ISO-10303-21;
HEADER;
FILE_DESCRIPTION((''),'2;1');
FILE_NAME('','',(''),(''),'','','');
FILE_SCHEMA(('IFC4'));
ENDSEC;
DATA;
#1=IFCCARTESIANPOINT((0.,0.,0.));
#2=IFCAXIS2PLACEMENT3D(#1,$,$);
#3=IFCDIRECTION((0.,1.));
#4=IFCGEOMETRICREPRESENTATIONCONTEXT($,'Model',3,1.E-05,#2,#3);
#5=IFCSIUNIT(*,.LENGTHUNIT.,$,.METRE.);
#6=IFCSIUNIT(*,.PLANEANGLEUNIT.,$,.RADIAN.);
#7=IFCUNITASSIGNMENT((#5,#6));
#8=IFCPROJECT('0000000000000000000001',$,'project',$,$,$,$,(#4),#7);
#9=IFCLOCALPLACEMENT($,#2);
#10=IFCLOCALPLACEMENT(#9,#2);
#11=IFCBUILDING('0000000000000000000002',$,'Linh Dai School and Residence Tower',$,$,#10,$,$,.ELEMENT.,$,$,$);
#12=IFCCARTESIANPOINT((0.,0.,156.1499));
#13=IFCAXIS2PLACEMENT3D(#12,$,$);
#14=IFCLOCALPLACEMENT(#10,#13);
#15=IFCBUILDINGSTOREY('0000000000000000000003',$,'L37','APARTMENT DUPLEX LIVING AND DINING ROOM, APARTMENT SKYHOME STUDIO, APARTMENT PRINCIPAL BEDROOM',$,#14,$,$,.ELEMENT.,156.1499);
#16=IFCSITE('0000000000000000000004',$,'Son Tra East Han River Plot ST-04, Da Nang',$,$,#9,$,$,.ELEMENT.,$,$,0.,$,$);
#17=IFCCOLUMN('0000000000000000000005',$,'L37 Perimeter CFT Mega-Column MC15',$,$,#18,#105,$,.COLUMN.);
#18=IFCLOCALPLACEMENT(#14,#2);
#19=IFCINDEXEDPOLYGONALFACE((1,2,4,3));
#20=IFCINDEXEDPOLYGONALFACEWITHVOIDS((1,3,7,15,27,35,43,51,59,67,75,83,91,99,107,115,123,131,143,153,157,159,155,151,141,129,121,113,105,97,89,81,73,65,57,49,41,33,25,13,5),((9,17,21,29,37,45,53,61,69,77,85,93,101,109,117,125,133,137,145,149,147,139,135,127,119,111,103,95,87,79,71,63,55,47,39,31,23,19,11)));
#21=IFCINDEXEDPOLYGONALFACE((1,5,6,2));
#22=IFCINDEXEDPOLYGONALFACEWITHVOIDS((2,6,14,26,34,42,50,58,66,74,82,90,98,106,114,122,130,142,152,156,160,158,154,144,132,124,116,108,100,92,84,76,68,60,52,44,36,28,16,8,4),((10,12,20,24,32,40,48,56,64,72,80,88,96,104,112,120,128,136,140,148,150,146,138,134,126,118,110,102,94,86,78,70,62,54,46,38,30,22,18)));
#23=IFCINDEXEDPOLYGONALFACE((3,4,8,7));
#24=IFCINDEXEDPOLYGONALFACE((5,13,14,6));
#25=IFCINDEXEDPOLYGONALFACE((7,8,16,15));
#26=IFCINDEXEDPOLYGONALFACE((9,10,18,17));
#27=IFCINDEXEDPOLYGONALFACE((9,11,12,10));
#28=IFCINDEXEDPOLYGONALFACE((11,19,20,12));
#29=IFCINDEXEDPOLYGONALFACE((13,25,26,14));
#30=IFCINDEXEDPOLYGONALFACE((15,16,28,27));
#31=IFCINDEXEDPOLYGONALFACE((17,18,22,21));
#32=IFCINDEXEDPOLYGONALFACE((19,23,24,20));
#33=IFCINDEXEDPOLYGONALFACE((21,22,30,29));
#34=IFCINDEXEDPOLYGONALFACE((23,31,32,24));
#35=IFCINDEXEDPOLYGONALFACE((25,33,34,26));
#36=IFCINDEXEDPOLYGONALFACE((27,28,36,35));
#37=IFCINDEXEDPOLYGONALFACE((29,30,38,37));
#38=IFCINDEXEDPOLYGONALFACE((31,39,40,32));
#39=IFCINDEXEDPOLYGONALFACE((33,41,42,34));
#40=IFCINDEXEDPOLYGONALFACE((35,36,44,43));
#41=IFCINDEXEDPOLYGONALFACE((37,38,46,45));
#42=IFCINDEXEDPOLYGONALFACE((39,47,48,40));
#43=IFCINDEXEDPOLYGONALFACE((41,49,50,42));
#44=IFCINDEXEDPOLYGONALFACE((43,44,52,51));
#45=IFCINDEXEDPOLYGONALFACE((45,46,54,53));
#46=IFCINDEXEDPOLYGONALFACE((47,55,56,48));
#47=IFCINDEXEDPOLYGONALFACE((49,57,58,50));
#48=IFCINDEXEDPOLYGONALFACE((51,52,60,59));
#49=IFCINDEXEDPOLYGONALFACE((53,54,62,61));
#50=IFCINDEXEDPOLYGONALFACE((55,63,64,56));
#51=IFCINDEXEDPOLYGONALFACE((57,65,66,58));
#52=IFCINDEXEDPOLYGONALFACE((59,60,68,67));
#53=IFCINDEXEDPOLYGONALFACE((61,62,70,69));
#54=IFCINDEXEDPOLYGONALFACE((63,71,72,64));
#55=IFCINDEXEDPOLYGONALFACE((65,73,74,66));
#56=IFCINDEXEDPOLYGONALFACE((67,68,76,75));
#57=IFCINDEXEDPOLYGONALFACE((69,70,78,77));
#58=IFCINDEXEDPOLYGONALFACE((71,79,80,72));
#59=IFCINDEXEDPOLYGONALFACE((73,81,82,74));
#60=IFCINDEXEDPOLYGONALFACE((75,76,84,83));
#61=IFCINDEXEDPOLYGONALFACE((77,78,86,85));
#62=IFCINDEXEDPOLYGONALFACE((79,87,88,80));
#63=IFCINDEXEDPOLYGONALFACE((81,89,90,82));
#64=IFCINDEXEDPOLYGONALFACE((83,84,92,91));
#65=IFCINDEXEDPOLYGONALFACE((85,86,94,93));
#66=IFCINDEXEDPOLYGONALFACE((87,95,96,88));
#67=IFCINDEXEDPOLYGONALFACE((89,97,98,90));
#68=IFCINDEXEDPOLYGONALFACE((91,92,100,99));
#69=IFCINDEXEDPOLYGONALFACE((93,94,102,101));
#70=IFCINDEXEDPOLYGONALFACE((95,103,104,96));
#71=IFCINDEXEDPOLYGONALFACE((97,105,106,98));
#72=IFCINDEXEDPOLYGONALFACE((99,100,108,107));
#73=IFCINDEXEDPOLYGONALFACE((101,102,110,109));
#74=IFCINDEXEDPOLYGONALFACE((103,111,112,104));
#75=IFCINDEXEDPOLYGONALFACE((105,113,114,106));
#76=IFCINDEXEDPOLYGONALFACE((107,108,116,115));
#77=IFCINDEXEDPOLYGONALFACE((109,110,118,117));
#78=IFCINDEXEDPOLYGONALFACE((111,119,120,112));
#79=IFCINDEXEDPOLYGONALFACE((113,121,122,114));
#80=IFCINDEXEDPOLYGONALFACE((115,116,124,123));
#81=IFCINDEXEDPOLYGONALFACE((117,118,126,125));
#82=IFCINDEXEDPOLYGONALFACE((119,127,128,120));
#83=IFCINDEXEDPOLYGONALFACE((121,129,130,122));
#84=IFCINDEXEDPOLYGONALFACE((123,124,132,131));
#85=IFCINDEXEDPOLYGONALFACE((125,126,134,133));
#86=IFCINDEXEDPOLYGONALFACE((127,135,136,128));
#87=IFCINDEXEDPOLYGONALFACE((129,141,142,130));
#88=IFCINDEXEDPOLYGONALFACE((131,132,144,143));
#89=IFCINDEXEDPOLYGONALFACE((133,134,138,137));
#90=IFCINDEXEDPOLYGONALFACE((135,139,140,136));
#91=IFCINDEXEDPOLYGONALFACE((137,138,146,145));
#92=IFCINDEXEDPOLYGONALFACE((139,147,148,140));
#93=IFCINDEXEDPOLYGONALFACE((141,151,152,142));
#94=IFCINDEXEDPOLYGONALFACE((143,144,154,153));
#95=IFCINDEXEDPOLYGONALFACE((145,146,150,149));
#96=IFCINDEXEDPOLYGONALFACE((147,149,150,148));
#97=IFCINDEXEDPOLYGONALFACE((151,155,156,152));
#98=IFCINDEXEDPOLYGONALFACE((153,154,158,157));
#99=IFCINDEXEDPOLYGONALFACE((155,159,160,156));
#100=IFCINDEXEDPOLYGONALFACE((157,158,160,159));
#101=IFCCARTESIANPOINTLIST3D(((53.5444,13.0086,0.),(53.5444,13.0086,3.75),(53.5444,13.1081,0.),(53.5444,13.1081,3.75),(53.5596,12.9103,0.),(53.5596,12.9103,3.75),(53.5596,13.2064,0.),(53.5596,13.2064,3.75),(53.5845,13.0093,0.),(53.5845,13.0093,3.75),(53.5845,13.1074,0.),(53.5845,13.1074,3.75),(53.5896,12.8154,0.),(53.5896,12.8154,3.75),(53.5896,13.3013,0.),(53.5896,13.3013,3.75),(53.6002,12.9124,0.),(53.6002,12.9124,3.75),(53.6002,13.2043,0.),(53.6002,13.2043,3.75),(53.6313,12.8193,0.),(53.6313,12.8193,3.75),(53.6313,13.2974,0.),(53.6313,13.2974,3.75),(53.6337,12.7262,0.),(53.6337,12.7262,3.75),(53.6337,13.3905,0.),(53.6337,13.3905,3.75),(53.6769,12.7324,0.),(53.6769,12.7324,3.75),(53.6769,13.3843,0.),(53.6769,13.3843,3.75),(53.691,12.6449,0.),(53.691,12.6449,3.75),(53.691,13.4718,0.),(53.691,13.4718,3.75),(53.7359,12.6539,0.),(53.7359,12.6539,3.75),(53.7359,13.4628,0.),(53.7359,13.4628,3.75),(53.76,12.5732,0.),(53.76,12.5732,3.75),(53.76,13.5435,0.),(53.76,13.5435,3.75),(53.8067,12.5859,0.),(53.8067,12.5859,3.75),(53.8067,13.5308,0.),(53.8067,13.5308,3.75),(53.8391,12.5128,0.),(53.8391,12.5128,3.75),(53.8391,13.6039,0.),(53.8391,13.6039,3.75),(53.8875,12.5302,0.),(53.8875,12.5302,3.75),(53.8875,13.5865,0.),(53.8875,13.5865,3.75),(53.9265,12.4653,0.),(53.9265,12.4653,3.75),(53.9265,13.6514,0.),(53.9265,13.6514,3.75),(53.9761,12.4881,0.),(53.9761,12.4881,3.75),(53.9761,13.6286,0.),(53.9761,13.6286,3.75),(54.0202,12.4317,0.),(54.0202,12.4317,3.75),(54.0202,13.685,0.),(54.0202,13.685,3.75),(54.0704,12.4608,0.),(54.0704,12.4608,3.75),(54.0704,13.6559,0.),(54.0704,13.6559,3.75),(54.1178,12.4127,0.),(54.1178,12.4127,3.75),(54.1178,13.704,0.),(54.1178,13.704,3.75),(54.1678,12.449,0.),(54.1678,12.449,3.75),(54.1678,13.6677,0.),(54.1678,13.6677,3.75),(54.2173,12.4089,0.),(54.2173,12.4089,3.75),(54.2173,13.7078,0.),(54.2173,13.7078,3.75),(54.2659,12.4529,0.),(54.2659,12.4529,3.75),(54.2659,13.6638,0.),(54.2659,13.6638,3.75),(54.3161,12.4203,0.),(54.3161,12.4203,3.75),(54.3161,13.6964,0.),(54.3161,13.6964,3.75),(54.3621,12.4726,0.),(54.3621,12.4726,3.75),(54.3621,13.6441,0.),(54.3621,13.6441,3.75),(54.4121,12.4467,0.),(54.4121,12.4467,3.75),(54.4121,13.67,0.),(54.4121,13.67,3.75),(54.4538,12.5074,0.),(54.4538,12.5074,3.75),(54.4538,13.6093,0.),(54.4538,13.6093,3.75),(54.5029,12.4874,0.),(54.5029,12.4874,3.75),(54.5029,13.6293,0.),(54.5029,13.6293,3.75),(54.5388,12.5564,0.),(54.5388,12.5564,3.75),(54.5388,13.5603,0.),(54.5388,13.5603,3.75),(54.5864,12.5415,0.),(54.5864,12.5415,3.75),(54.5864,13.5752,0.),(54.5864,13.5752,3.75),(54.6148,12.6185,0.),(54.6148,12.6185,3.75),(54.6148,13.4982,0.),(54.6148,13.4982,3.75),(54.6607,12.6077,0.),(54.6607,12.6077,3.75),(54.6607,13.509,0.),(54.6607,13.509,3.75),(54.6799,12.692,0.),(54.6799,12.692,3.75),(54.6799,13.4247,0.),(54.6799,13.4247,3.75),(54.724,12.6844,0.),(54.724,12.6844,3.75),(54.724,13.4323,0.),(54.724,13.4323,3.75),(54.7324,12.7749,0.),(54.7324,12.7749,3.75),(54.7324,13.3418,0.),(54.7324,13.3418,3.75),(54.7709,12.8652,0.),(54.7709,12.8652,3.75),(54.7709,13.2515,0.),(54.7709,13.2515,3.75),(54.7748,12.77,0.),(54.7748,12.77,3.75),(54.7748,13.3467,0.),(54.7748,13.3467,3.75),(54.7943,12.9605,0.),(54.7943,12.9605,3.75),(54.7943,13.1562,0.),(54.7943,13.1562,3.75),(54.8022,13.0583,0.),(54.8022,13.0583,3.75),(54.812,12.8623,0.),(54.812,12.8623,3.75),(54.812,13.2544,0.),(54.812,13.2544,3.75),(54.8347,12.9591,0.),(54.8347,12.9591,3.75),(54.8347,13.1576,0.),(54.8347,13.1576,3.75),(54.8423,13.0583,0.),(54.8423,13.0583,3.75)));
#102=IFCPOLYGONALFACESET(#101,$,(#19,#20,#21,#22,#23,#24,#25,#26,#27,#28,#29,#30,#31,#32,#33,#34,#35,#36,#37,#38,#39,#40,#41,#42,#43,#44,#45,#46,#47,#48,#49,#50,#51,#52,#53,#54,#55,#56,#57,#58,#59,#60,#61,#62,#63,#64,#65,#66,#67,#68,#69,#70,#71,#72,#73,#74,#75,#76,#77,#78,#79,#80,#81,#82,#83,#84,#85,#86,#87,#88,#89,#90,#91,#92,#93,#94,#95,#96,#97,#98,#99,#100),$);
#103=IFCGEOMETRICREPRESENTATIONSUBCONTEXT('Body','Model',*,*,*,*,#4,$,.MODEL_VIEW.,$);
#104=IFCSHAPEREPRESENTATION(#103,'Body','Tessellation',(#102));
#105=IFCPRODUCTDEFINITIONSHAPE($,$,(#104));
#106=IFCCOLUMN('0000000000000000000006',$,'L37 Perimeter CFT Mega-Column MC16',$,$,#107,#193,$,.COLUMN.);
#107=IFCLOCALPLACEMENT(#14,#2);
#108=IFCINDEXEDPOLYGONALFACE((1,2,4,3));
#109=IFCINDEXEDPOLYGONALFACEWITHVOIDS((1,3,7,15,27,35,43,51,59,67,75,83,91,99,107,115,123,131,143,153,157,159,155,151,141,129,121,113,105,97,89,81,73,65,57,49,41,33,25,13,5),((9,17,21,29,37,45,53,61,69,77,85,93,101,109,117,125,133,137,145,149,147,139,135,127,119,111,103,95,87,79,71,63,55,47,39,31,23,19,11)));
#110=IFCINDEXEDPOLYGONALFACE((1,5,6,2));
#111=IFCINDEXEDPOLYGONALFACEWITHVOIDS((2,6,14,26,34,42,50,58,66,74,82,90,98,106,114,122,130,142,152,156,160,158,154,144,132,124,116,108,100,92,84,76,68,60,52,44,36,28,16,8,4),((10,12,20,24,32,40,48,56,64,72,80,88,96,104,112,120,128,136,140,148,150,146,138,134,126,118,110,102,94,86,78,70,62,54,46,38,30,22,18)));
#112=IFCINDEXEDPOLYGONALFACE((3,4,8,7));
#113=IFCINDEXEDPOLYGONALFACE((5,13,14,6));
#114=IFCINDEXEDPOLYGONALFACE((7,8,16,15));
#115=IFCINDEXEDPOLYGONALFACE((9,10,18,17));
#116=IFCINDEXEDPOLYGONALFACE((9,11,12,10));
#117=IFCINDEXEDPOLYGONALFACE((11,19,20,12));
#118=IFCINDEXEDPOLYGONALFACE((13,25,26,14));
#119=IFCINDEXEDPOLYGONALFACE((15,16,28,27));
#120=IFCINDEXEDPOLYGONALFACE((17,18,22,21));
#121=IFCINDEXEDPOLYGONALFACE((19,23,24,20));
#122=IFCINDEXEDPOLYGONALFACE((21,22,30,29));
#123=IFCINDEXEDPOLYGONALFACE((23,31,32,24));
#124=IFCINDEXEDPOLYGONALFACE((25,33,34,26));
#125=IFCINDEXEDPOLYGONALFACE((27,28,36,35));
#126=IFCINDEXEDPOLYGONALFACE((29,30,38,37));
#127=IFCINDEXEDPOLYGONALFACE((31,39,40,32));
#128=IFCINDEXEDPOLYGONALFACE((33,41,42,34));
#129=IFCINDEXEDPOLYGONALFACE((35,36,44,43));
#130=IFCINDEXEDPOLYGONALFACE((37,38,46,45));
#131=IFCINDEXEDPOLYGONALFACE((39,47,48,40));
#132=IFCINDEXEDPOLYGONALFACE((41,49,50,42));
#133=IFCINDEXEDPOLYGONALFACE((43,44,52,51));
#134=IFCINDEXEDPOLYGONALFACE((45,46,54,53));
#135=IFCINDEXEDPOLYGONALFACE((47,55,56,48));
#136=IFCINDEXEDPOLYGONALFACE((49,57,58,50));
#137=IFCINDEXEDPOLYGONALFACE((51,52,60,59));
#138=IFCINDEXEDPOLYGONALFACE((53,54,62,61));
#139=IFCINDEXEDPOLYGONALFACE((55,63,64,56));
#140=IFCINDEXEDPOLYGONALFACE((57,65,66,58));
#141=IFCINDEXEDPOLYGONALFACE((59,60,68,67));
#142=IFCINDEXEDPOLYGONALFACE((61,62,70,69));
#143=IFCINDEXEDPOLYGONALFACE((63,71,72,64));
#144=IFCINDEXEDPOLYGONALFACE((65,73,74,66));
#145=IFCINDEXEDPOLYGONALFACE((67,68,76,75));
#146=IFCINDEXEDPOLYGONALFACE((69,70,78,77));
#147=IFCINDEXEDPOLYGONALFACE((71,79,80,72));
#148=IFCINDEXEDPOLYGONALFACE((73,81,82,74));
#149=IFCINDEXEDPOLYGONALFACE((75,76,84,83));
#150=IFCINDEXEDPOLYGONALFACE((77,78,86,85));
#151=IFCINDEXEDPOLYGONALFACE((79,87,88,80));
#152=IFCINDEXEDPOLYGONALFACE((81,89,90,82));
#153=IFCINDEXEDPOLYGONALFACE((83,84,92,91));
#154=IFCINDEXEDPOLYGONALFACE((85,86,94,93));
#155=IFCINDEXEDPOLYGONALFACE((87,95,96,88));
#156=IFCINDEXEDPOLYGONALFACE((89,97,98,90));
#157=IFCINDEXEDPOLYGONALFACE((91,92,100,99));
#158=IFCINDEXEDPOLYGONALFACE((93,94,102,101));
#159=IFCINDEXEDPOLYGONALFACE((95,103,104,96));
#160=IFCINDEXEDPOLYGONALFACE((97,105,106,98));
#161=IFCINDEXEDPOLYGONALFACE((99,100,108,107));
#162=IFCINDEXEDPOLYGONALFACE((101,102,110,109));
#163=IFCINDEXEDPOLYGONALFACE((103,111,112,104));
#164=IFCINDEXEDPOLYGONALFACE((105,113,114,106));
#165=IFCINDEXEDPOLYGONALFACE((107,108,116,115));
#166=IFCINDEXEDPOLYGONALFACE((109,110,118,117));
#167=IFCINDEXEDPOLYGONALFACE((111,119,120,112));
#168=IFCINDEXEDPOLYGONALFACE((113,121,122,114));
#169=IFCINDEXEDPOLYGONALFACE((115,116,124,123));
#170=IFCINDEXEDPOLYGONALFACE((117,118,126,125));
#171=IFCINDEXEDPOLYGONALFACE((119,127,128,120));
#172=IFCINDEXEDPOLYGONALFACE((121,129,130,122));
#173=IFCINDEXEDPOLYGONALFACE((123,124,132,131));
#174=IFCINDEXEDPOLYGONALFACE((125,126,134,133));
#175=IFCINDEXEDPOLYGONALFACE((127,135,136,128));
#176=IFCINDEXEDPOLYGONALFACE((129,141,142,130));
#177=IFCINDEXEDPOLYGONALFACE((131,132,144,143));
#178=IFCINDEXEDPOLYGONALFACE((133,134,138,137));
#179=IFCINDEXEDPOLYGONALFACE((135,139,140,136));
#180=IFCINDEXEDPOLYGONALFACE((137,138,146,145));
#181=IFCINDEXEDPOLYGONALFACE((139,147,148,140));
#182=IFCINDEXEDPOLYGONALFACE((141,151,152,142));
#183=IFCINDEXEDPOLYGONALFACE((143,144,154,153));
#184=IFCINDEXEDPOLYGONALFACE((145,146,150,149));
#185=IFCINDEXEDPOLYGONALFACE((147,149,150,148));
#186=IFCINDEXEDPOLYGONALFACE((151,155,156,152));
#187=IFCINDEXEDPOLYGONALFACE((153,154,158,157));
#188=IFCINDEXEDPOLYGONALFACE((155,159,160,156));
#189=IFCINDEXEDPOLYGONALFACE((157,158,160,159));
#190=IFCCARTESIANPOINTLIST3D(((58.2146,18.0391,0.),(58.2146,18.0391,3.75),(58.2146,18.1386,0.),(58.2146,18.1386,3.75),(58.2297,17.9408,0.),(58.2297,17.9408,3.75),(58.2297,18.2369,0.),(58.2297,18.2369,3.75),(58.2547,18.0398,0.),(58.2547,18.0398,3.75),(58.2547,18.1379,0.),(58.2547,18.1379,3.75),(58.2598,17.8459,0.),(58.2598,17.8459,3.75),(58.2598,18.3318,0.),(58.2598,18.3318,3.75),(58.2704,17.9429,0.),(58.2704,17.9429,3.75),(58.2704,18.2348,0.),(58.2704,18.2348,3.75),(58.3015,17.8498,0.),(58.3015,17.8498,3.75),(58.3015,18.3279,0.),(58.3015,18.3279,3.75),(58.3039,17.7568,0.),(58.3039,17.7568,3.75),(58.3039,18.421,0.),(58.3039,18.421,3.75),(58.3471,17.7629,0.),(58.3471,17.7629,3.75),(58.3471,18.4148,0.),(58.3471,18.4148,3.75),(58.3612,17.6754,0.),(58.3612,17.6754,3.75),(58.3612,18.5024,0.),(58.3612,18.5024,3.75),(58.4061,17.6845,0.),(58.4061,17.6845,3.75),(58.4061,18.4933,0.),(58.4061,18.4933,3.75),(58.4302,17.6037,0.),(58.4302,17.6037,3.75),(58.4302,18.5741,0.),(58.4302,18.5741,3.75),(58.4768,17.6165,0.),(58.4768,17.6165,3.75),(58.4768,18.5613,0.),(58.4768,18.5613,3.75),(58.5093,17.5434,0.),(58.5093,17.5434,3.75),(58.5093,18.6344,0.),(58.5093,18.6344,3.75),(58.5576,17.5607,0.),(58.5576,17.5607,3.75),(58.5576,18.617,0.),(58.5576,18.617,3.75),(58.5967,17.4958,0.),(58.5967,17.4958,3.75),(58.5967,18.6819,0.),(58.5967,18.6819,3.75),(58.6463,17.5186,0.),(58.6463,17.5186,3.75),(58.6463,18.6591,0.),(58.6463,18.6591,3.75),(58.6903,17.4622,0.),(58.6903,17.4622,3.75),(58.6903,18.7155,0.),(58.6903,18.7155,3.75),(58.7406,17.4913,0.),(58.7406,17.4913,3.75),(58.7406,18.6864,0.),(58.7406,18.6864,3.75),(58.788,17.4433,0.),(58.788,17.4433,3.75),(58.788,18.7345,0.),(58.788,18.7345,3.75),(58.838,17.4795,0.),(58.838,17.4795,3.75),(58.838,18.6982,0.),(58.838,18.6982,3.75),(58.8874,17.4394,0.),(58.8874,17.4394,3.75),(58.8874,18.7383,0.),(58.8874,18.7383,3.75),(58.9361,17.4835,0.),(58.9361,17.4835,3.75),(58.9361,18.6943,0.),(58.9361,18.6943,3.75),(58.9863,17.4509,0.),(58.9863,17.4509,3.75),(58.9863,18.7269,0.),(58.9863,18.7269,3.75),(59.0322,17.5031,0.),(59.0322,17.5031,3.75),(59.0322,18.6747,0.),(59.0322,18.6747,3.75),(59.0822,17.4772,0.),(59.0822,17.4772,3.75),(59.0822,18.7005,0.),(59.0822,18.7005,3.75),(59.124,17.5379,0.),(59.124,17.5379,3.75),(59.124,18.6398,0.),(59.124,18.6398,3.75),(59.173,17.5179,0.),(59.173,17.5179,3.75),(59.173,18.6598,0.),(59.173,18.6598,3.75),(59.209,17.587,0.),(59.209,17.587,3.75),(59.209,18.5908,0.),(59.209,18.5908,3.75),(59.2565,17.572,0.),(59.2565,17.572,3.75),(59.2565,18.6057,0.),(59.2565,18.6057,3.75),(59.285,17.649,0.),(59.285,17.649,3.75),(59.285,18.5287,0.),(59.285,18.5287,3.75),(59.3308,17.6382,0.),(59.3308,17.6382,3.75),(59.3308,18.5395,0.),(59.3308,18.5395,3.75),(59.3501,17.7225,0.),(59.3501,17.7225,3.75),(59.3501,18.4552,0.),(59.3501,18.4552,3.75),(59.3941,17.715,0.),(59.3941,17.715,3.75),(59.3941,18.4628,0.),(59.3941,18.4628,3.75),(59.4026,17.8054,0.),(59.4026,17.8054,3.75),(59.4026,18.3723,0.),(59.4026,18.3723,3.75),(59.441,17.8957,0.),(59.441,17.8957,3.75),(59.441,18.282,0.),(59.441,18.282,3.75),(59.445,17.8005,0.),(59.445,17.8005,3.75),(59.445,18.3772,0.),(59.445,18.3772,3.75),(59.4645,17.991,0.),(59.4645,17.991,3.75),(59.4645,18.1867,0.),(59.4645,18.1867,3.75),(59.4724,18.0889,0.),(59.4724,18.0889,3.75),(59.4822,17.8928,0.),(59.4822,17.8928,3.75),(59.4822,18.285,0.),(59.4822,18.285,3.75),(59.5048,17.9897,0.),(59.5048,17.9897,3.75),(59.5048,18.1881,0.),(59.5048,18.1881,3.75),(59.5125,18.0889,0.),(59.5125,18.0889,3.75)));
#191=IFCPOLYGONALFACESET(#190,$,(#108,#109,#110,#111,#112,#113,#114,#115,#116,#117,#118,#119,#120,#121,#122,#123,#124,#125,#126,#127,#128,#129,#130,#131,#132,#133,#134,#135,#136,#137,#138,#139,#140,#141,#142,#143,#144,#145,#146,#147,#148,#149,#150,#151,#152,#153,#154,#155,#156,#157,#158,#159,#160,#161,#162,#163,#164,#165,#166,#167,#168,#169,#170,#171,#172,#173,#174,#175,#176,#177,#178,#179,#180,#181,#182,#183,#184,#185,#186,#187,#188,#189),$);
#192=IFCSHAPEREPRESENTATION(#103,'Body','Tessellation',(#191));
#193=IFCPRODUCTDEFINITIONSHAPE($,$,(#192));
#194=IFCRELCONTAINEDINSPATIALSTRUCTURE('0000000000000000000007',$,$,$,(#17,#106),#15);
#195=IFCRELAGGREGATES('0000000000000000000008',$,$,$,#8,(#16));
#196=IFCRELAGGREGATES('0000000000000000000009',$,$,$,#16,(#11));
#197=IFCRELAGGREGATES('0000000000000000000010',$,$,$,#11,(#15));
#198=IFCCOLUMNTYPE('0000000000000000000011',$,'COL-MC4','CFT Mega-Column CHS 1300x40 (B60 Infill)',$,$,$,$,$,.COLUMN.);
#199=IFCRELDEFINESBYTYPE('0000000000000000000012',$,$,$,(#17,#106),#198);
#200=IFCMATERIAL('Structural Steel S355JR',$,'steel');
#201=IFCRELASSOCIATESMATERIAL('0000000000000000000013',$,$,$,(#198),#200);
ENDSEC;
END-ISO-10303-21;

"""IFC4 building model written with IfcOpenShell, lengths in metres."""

from ifc_helpers import new_model, si_unit, direction, frame, origin, origin_2d, place, context, subcontext, project, spatial, hollow_circle, extrude, material, material_profile, profile_set, type_object, element, save


model = new_model("IFC4")

# Units and contexts
model_context = context("Model", 3, precision=1e-05, world=origin(), true_north=direction((0.0, 1.0)))
body_context = subcontext(model_context, "Body", "Model", "MODEL_VIEW")
ifc_project = project(units=[si_unit("LENGTHUNIT", "METRE"), si_unit("PLANEANGLEUNIT", "RADIAN")], contexts=[model_context])

# Site, building, storey
site_placement = place(None, origin())
site = spatial("IfcSite", under=ifc_project, at=site_placement, Name="Son Tra East Han River Plot ST-04, Da Nang", CompositionType="ELEMENT", RefElevation=0.0)
building_placement = place(site_placement, origin())
building = spatial("IfcBuilding", under=site, at=building_placement, Name="Linh Dai School and Residence Tower", CompositionType="ELEMENT")
storey_placement = place(building_placement, frame((0.0, 0.0, 156.1499)))
storey = spatial("IfcBuildingStorey", under=building, at=storey_placement, Name="L37", Description="APARTMENT DUPLEX LIVING AND DINING ROOM, APARTMENT SKYHOME STUDIO, APARTMENT PRINCIPAL BEDROOM", CompositionType="ELEMENT", Elevation=156.1499)

# Columns
ifc_material_1 = material(Name="Structural Steel S355JR", Category="steel")
ifc_material_profile_1 = material_profile(ifc_material_1, hollow_circle(Radius=0.6499, WallThickness=0.04, at=origin_2d()), Name="CHS 1300x40")
ifc_profile_set_1 = profile_set([ifc_material_profile_1], Name="Structural Steel S355JR")
column_type = type_object("IfcColumnType", Name="COL-MC4", Description="CFT Mega-Column CHS 1300x40 (B60 Infill)", PredefinedType="COLUMN", material=ifc_profile_set_1)
for number, where, z_axis, x_axis, name in (
    (1, (54.1924, 13.0583, 0.0), (0.0, 0.0, 1.0), (1.0, 0.0, 0.0), "L37 Perimeter CFT Mega-Column MC15"),
    (2, (58.8625, 18.0889, 0.0), (0.0, 0.0, 1.0), (1.0, 0.0, 0.0), "L37 Perimeter CFT Mega-Column MC16"),
):
    element("IfcColumn", number, at=place(storey_placement, frame(where, z_axis=z_axis, x_axis=x_axis)), inside=storey, type_object=column_type, Name=name, PredefinedType="COLUMN", context=body_context, shape_type="SweptSolid", body=[
        extrude(hollow_circle(Radius=0.6499, WallThickness=0.04, at=origin_2d()), origin(), (0.0, 0.0, 1.0), 3.75),
    ])

save(model, "model.ifc")
